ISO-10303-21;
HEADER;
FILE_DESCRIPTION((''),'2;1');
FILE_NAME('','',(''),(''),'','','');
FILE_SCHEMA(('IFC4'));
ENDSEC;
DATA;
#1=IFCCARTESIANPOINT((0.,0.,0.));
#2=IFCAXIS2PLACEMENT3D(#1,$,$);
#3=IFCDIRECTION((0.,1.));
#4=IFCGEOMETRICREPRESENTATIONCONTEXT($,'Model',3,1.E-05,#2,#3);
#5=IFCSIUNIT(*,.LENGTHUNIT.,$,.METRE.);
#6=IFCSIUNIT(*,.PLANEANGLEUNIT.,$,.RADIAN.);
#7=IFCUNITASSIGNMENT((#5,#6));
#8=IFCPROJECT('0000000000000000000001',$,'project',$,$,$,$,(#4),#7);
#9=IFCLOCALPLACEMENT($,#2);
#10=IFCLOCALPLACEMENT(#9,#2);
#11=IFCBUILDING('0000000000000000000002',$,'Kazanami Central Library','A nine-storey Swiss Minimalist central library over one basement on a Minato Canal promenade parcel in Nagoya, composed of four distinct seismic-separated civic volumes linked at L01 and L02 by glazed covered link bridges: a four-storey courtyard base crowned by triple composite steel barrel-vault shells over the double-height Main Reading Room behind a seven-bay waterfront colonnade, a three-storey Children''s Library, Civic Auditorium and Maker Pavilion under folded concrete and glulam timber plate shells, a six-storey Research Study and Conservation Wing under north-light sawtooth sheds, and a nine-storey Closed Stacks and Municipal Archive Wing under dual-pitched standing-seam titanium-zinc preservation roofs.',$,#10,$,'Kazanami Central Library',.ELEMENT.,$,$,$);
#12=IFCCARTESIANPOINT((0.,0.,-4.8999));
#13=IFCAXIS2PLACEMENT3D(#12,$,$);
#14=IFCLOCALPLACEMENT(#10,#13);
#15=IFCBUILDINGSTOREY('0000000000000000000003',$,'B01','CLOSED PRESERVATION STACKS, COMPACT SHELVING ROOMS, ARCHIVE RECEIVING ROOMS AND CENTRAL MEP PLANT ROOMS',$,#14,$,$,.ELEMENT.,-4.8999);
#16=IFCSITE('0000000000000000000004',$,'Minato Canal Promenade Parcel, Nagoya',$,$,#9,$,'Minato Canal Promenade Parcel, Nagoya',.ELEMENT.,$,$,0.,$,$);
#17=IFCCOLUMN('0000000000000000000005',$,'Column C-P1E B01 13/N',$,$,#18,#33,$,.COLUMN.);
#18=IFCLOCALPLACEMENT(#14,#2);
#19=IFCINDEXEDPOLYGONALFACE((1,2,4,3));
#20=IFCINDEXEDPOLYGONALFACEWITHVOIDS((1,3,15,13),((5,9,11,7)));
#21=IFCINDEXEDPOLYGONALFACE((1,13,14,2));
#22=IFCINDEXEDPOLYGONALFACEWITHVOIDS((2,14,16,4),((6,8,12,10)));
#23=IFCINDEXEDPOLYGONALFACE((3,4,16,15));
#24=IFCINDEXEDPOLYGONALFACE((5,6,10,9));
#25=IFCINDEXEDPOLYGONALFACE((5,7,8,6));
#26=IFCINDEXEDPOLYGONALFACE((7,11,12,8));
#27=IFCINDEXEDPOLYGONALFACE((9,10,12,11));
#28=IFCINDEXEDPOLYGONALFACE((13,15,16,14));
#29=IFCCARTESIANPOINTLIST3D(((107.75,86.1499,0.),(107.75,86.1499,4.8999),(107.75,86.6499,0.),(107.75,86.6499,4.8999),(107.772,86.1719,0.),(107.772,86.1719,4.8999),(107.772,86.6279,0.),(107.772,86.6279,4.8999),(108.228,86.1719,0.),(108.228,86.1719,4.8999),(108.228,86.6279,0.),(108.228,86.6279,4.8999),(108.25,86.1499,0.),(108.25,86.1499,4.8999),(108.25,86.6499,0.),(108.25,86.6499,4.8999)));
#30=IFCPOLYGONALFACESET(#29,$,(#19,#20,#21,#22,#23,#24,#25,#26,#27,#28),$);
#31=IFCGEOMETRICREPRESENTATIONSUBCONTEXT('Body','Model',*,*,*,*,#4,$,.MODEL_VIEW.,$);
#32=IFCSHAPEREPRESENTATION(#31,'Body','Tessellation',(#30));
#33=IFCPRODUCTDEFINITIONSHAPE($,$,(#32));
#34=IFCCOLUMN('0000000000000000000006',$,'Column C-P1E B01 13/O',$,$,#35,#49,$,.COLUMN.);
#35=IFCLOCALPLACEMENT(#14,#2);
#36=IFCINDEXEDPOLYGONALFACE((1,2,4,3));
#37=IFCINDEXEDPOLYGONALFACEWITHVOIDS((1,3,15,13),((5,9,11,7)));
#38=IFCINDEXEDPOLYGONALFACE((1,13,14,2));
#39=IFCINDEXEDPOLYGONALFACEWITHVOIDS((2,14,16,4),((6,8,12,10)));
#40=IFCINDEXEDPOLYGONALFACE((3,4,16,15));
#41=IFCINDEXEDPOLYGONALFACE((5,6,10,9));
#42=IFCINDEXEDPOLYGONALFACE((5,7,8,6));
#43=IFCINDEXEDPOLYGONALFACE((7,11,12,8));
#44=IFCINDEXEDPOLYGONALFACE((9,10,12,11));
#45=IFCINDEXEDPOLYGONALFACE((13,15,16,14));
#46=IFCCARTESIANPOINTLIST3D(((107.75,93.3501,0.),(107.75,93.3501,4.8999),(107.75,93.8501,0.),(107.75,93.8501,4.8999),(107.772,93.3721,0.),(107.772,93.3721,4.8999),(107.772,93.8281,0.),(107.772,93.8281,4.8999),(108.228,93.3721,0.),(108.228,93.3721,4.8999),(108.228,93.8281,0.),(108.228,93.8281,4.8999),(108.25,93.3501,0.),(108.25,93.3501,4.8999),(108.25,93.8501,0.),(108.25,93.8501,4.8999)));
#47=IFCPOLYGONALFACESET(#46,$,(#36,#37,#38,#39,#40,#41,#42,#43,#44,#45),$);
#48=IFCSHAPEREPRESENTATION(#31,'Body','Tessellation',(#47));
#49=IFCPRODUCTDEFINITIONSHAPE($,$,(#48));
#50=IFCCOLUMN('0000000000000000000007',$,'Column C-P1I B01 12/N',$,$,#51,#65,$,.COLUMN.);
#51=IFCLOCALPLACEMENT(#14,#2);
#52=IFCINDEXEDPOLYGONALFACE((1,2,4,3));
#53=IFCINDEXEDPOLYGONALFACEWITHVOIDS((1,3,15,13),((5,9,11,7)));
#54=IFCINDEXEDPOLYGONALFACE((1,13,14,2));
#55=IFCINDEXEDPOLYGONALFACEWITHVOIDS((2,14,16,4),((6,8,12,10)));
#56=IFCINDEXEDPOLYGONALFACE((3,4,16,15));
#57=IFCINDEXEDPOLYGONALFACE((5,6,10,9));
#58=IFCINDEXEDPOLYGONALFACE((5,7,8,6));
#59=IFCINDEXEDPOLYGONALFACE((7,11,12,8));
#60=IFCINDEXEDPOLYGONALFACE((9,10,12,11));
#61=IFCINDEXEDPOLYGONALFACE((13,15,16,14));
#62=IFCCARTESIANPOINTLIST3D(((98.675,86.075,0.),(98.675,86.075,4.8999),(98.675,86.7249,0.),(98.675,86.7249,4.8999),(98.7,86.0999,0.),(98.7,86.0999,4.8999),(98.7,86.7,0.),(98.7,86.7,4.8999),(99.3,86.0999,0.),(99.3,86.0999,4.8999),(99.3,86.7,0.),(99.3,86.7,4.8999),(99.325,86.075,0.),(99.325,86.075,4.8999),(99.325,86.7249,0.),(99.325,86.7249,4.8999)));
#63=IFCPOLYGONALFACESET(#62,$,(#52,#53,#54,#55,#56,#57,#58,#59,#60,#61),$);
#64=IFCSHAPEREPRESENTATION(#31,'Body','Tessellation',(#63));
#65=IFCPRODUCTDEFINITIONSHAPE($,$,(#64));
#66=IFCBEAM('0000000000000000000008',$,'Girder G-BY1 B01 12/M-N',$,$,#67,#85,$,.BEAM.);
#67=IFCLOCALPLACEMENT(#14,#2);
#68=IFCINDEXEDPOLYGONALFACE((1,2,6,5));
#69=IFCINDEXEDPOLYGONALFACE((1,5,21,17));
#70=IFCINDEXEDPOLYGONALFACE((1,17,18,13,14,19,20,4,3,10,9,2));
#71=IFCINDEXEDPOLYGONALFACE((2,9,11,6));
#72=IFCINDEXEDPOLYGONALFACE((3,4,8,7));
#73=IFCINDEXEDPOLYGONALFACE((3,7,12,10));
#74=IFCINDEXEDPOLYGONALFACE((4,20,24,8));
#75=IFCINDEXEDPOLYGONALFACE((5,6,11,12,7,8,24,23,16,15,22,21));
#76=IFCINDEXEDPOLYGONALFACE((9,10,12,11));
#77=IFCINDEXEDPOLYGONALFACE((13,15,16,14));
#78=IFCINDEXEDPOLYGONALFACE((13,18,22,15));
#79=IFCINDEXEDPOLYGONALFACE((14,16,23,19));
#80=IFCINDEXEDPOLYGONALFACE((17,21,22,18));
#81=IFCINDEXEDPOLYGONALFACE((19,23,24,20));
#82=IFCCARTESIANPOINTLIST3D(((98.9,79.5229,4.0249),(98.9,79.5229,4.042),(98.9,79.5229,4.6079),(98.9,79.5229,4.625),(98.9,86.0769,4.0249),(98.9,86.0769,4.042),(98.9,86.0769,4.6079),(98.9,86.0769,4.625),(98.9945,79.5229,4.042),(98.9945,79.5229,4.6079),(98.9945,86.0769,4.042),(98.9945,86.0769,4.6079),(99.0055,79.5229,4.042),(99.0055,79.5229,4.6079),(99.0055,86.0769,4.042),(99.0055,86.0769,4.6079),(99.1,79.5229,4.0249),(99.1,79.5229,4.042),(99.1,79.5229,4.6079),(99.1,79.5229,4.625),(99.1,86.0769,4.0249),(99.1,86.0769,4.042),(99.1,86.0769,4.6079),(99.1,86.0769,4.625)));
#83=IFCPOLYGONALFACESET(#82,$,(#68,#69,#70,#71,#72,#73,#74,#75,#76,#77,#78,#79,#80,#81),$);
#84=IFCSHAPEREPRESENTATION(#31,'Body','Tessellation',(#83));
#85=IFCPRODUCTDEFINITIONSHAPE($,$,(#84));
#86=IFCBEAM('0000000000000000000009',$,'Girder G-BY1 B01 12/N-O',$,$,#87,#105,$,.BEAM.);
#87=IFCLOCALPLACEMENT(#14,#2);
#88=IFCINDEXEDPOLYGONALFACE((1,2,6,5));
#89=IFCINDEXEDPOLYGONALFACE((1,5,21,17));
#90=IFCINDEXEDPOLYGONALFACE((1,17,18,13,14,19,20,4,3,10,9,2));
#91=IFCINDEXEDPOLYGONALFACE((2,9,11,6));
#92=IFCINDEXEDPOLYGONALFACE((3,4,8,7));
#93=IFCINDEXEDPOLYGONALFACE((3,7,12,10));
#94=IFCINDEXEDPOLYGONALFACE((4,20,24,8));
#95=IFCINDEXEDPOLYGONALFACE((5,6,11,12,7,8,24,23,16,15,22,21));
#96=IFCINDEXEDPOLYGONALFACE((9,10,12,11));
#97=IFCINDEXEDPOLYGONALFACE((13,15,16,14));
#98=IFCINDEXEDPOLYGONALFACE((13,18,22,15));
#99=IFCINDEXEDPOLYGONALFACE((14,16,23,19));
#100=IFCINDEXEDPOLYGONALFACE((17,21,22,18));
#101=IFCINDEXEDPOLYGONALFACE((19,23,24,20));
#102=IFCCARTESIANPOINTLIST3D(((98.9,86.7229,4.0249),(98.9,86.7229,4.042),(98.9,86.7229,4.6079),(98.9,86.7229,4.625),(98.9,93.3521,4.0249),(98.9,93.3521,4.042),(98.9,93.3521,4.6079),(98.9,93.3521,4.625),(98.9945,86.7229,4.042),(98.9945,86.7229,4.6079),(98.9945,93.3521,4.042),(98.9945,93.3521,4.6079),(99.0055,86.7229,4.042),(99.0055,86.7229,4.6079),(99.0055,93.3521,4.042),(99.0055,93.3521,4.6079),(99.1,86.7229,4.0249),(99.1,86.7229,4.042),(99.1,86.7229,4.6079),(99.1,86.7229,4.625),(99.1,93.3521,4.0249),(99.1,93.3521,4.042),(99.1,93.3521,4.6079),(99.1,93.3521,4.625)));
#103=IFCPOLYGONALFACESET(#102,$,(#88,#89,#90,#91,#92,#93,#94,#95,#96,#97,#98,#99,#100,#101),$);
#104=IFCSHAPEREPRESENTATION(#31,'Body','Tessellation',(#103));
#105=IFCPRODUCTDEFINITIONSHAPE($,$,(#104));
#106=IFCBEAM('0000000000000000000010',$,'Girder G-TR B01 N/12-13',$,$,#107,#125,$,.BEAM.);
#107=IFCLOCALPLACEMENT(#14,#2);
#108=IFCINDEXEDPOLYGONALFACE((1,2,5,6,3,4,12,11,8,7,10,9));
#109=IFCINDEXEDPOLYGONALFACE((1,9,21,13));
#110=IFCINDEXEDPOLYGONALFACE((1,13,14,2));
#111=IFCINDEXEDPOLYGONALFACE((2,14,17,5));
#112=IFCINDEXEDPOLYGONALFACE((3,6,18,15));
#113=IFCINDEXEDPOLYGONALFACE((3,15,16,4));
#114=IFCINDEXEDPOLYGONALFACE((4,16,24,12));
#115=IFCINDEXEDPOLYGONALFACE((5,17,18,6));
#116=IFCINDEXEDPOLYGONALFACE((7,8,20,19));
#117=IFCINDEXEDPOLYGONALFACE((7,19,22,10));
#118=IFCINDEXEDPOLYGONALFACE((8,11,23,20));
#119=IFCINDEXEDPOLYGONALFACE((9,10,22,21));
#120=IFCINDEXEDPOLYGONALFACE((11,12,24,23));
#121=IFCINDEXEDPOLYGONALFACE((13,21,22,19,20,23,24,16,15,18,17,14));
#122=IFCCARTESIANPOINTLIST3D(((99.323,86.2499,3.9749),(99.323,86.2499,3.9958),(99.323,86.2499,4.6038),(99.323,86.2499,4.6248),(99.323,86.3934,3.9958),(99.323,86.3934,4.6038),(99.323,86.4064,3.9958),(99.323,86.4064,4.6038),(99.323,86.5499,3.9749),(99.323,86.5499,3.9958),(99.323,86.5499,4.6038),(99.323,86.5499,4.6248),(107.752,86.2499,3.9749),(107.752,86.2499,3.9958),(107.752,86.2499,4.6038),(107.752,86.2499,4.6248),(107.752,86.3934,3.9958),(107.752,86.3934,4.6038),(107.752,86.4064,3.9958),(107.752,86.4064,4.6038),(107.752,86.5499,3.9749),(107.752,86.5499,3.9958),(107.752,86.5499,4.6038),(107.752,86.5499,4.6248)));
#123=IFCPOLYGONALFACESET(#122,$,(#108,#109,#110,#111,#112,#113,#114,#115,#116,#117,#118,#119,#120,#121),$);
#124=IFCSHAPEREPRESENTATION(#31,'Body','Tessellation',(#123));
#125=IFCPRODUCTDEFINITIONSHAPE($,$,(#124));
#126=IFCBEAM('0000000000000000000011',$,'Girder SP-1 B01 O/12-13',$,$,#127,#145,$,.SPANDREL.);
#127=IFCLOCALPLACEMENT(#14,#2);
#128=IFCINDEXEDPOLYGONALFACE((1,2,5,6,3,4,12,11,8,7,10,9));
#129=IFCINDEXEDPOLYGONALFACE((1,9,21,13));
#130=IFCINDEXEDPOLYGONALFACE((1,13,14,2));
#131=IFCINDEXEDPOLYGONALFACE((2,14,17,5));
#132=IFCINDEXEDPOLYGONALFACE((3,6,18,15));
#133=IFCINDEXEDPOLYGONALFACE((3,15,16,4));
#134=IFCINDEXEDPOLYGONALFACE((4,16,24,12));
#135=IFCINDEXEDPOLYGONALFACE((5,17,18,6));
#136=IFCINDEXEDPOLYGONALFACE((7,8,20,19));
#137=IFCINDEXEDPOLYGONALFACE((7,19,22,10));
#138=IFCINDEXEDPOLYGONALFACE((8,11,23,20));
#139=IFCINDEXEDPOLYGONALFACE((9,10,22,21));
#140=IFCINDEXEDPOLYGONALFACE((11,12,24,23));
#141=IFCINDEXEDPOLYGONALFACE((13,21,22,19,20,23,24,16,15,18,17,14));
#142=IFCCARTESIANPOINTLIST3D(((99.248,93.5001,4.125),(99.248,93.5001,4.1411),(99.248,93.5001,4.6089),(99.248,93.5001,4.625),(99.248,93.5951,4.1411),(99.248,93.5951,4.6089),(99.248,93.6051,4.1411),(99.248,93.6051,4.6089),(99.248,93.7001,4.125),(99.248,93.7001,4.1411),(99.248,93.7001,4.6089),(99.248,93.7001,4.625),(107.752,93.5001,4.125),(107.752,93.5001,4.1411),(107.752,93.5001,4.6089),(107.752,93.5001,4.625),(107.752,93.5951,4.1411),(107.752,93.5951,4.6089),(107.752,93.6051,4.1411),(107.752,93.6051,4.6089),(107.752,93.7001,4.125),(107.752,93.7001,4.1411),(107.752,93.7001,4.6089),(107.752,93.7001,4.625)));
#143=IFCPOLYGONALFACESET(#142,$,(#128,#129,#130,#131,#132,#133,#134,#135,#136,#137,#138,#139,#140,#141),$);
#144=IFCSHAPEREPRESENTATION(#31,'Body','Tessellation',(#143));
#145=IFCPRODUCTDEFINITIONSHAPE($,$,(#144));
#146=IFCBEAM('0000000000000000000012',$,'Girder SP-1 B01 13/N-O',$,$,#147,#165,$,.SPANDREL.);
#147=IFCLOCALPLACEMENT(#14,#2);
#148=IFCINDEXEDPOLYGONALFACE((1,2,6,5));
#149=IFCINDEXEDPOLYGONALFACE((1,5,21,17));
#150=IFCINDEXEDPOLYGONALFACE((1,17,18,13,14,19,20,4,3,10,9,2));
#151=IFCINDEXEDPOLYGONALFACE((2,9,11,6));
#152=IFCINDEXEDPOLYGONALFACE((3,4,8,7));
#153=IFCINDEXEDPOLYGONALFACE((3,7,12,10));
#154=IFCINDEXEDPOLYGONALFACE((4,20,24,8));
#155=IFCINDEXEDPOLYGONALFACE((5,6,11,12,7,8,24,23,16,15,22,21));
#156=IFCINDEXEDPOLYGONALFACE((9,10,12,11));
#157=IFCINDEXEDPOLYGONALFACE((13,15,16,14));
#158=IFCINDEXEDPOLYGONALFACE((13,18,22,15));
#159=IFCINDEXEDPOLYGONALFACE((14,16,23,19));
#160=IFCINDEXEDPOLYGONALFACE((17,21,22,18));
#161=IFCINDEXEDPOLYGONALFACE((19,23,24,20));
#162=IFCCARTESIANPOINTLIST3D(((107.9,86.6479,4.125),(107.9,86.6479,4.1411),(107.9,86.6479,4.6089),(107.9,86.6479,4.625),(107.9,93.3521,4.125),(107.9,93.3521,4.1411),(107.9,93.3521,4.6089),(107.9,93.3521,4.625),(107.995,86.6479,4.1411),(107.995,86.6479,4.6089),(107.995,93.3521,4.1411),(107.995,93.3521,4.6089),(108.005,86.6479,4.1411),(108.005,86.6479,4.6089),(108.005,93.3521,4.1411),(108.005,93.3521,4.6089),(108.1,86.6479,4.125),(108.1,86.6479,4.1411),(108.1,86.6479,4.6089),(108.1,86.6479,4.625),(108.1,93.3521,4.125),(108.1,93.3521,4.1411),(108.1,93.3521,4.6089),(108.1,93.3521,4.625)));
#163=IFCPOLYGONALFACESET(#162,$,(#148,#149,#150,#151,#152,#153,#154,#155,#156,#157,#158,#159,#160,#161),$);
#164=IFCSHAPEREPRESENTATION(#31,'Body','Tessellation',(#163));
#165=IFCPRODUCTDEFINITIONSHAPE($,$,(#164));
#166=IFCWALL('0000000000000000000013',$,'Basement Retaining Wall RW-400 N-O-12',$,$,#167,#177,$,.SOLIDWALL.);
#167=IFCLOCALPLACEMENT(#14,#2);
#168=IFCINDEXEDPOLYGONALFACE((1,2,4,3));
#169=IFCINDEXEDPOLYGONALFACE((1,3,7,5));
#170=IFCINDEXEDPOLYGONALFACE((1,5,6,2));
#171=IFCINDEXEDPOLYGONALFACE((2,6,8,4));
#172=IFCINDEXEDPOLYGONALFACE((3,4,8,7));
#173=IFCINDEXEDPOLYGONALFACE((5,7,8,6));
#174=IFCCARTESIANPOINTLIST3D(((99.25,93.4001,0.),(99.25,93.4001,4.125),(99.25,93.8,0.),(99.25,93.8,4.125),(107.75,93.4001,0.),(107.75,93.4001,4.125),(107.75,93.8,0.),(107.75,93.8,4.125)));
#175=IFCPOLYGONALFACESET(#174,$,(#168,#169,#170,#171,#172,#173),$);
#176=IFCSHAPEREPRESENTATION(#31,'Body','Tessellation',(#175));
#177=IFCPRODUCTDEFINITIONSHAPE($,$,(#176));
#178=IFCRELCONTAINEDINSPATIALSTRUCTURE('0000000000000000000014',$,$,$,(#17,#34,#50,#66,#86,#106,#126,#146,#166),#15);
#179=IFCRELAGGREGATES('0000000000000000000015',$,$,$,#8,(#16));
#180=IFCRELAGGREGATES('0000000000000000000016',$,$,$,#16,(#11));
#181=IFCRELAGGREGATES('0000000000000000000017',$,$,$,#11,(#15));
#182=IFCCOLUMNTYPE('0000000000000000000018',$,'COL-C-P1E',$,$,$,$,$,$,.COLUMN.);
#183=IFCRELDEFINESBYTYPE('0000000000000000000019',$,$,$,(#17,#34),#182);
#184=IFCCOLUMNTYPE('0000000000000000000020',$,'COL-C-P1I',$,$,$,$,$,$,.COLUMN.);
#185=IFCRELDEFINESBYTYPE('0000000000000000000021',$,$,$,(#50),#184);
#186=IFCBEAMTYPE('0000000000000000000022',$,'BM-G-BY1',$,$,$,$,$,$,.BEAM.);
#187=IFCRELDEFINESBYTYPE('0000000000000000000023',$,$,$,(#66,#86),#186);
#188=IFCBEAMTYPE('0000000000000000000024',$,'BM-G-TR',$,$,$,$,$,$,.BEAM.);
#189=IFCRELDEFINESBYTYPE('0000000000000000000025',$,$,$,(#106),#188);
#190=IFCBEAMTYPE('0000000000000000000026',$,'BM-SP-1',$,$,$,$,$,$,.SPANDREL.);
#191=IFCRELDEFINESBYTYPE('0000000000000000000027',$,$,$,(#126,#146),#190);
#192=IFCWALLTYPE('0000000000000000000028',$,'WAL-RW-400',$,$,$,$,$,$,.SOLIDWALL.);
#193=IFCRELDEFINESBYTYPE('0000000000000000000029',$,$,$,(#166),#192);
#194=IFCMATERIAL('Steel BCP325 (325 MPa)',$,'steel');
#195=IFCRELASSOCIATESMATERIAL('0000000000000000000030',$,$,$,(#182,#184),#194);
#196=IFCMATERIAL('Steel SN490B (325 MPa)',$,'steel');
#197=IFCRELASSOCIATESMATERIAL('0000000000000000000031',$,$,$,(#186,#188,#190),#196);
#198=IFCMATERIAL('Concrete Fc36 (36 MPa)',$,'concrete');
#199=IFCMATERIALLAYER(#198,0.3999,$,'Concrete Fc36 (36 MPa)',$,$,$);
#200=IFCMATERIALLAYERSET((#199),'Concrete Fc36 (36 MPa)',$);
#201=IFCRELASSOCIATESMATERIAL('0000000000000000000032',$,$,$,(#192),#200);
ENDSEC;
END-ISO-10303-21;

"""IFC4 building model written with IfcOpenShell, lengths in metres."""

from ifc_helpers import new_model, si_unit, direction, frame, frame_2d, origin, origin_2d, place, context, subcontext, project, spatial, rectangle, hollow_rectangle, i_section, extrude, material, layer, layer_set, material_profile, profile_set, type_object, element, save


model = new_model("IFC4")

# Units and contexts
model_context = context("Model", 3, precision=1e-05, world=origin(), true_north=direction((0.0, 1.0)))
body_context = subcontext(model_context, "Body", "Model", "MODEL_VIEW")
ifc_project = project(units=[si_unit("LENGTHUNIT", "METRE"), si_unit("PLANEANGLEUNIT", "RADIAN")], contexts=[model_context])

# Site, building, storey
site_placement = place(None, origin())
site = spatial("IfcSite", under=ifc_project, at=site_placement, Name="Minato Canal Promenade Parcel, Nagoya", LongName="Minato Canal Promenade Parcel, Nagoya", CompositionType="ELEMENT", RefElevation=0.0)
building_placement = place(site_placement, origin())
building = spatial("IfcBuilding", under=site, at=building_placement, Name="Kazanami Central Library", Description="A nine-storey Swiss Minimalist central library over one basement on a Minato Canal promenade parcel in Nagoya, composed of four distinct seismic-separated civic volumes linked at L01 and L02 by glazed covered link bridges: a four-storey courtyard base crowned by triple composite steel barrel-vault shells over the double-height Main Reading Room behind a seven-bay waterfront colonnade, a three-storey Children's Library, Civic Auditorium and Maker Pavilion under folded concrete and glulam timber plate shells, a six-storey Research Study and Conservation Wing under north-light sawtooth sheds, and a nine-storey Closed Stacks and Municipal Archive Wing under dual-pitched standing-seam titanium-zinc preservation roofs.", LongName="Kazanami Central Library", CompositionType="ELEMENT")
storey_placement = place(building_placement, frame((0.0, 0.0, -4.8999)))
storey = spatial("IfcBuildingStorey", under=building, at=storey_placement, Name="B01", Description="CLOSED PRESERVATION STACKS, COMPACT SHELVING ROOMS, ARCHIVE RECEIVING ROOMS AND CENTRAL MEP PLANT ROOMS", CompositionType="ELEMENT", Elevation=-4.8999)

# Shared definitions
ifc_material_1 = material(Name="Concrete Fc36 (36 MPa)", Category="concrete")

# Columns
ifc_material_2 = material(Name="Steel BCP325 (325 MPa)", Category="steel")
ifc_material_profile_1 = material_profile(ifc_material_2, hollow_rectangle(XDim=0.5, YDim=0.5, WallThickness=0.022, at=origin_2d()), Name="BCP-500x500x22")
ifc_profile_set_1 = profile_set([ifc_material_profile_1], Name="Steel BCP325 (325 MPa)")
column_type_1 = type_object("IfcColumnType", Name="COL-C-P1E", PredefinedType="COLUMN", material=ifc_profile_set_1)
for number, where, z_axis, x_axis, name in (
    (1, (108.0, 86.3999, 0.0), (0.0, 0.0, 1.0), (1.0, 0.0, 0.0), "Column C-P1E B01 13/N"),
    (2, (108.0, 93.6001, 0.0), (0.0, 0.0, 1.0), (1.0, 0.0, 0.0), "Column C-P1E B01 13/O"),
):
    element("IfcColumn", number, at=place(storey_placement, frame(where, z_axis=z_axis, x_axis=x_axis)), inside=storey, type_object=column_type_1, Name=name, PredefinedType="COLUMN", context=body_context, shape_type="SweptSolid", body=[
        extrude(hollow_rectangle(XDim=0.5, YDim=0.5, WallThickness=0.022, at=origin_2d()), origin(), (0.0, 0.0, 1.0), 4.8999),
    ])
ifc_material_profile_2 = material_profile(ifc_material_2, hollow_rectangle(XDim=0.6499, YDim=0.6499, WallThickness=0.0249, at=origin_2d()), Name="BCP-650x650x25")
ifc_profile_set_2 = profile_set([ifc_material_profile_2], Name="Steel BCP325 (325 MPa)")
column_type_2 = type_object("IfcColumnType", Name="COL-C-P1I", PredefinedType="COLUMN", material=ifc_profile_set_2)
column_placement = place(storey_placement, frame((99.0, 86.3999, 0.0), z_axis=(0.0, 0.0, 1.0), x_axis=(1.0, 0.0, 0.0)))
element("IfcColumn", 3, at=column_placement, inside=storey, type_object=column_type_2, Name="Column C-P1I B01 12/N", PredefinedType="COLUMN", context=body_context, shape_type="SweptSolid", body=[
    extrude(hollow_rectangle(XDim=0.6499, YDim=0.6499, WallThickness=0.0249, at=origin_2d()), origin(), (0.0, 0.0, 1.0), 4.8999),
])

# Beams
ifc_material_3 = material(Name="Steel SN490B (325 MPa)", Category="steel")
ifc_material_profile_3 = material_profile(ifc_material_3, i_section(OverallWidth=0.2, OverallDepth=0.6001, WebThickness=0.011, FlangeThickness=0.0171, at=origin_2d()), Name="H-600x200x11x17")
ifc_profile_set_3 = profile_set([ifc_material_profile_3], Name="Steel SN490B (325 MPa)")
beam_type_1 = type_object("IfcBeamType", Name="BM-G-BY1", PredefinedType="BEAM", material=ifc_profile_set_3)
beam_1_placement = place(storey_placement, frame((99.0, 79.5229, 4.325), z_axis=(0.0, 1.0, 0.0), x_axis=(-1.0, 0.0, 0.0)))
element("IfcBeam", 4, at=beam_1_placement, inside=storey, type_object=beam_type_1, Name="Girder G-BY1 B01 12/M-N", PredefinedType="BEAM", context=body_context, shape_type="SweptSolid", body=[
    extrude(i_section(OverallWidth=0.2, OverallDepth=0.6001, WebThickness=0.011, FlangeThickness=0.0171, at=origin_2d()), origin(), (0.0, 0.0, 1.0), 6.554),
])
beam_2_placement = place(storey_placement, frame((99.0, 86.7229, 4.325), z_axis=(0.0, 1.0, 0.0), x_axis=(-1.0, 0.0, 0.0)))
element("IfcBeam", 5, at=beam_2_placement, inside=storey, type_object=beam_type_1, Name="Girder G-BY1 B01 12/N-O", PredefinedType="BEAM", context=body_context, shape_type="SweptSolid", body=[
    extrude(i_section(OverallWidth=0.2, OverallDepth=0.6001, WebThickness=0.011, FlangeThickness=0.0171, at=origin_2d()), origin(), (0.0, 0.0, 1.0), 6.6292),
])
ifc_material_profile_4 = material_profile(ifc_material_3, i_section(OverallWidth=0.3, OverallDepth=0.6499, WebThickness=0.0129, FlangeThickness=0.021, at=origin_2d()), Name="H-650x300x13x21")
ifc_profile_set_4 = profile_set([ifc_material_profile_4], Name="Steel SN490B (325 MPa)")
beam_type_2 = type_object("IfcBeamType", Name="BM-G-TR", PredefinedType="BEAM", material=ifc_profile_set_4)
beam_3_placement = place(storey_placement, frame((99.323, 86.3999, 4.2998), z_axis=(1.0, 0.0, 0.0), x_axis=(0.0, 1.0, 0.0)))
element("IfcBeam", 6, at=beam_3_placement, inside=storey, type_object=beam_type_2, Name="Girder G-TR B01 N/12-13", PredefinedType="BEAM", context=body_context, shape_type="SweptSolid", body=[
    extrude(i_section(OverallWidth=0.3, OverallDepth=0.6499, WebThickness=0.0129, FlangeThickness=0.021, at=origin_2d()), origin(), (0.0, 0.0, 1.0), 8.429),
])
ifc_material_profile_5 = material_profile(ifc_material_3, i_section(OverallWidth=0.2, OverallDepth=0.5, WebThickness=0.01, FlangeThickness=0.0161, at=origin_2d()), Name="H-500x200x10x16")
ifc_profile_set_5 = profile_set([ifc_material_profile_5], Name="Steel SN490B (325 MPa)")
beam_type_3 = type_object("IfcBeamType", Name="BM-SP-1", PredefinedType="SPANDREL", material=ifc_profile_set_5)
beam_4_placement = place(storey_placement, frame((99.248, 93.6001, 4.375), z_axis=(1.0, 0.0, 0.0), x_axis=(0.0, 1.0, 0.0)))
element("IfcBeam", 7, at=beam_4_placement, inside=storey, type_object=beam_type_3, Name="Girder SP-1 B01 O/12-13", PredefinedType="SPANDREL", context=body_context, shape_type="SweptSolid", body=[
    extrude(i_section(OverallWidth=0.2, OverallDepth=0.5, WebThickness=0.01, FlangeThickness=0.0161, at=origin_2d()), origin(), (0.0, 0.0, 1.0), 8.5039),
])
beam_5_placement = place(storey_placement, frame((108.0, 86.6479, 4.375), z_axis=(0.0, 1.0, 0.0), x_axis=(-1.0, 0.0, 0.0)))
element("IfcBeam", 8, at=beam_5_placement, inside=storey, type_object=beam_type_3, Name="Girder SP-1 B01 13/N-O", PredefinedType="SPANDREL", context=body_context, shape_type="SweptSolid", body=[
    extrude(i_section(OverallWidth=0.2, OverallDepth=0.5, WebThickness=0.01, FlangeThickness=0.0161, at=origin_2d()), origin(), (0.0, 0.0, 1.0), 6.7041),
])

# Wall
ifc_layer = layer(ifc_material_1, 0.3999, Name="Concrete Fc36 (36 MPa)")
ifc_layer_set = layer_set([ifc_layer], Name="Concrete Fc36 (36 MPa)")
wall_type = type_object("IfcWallType", Name="WAL-RW-400", PredefinedType="SOLIDWALL", material=ifc_layer_set)
wall_1_placement = place(storey_placement, frame((107.75, 93.6001, 0.0), z_axis=(0.0, 0.0, 1.0), x_axis=(-1.0, 0.0, 0.0)))
element("IfcWall", 9, at=wall_1_placement, inside=storey, type_object=wall_type, Name="Basement Retaining Wall RW-400 N-O-12", PredefinedType="SOLIDWALL", context=body_context, shape_type="SweptSolid", body=[
    extrude(rectangle(XDim=8.5, YDim=0.3999, at=frame_2d((4.25, 0.0))), origin(), (0.0, 0.0, 1.0), 4.125),
])

save(model, "model.ifc")
